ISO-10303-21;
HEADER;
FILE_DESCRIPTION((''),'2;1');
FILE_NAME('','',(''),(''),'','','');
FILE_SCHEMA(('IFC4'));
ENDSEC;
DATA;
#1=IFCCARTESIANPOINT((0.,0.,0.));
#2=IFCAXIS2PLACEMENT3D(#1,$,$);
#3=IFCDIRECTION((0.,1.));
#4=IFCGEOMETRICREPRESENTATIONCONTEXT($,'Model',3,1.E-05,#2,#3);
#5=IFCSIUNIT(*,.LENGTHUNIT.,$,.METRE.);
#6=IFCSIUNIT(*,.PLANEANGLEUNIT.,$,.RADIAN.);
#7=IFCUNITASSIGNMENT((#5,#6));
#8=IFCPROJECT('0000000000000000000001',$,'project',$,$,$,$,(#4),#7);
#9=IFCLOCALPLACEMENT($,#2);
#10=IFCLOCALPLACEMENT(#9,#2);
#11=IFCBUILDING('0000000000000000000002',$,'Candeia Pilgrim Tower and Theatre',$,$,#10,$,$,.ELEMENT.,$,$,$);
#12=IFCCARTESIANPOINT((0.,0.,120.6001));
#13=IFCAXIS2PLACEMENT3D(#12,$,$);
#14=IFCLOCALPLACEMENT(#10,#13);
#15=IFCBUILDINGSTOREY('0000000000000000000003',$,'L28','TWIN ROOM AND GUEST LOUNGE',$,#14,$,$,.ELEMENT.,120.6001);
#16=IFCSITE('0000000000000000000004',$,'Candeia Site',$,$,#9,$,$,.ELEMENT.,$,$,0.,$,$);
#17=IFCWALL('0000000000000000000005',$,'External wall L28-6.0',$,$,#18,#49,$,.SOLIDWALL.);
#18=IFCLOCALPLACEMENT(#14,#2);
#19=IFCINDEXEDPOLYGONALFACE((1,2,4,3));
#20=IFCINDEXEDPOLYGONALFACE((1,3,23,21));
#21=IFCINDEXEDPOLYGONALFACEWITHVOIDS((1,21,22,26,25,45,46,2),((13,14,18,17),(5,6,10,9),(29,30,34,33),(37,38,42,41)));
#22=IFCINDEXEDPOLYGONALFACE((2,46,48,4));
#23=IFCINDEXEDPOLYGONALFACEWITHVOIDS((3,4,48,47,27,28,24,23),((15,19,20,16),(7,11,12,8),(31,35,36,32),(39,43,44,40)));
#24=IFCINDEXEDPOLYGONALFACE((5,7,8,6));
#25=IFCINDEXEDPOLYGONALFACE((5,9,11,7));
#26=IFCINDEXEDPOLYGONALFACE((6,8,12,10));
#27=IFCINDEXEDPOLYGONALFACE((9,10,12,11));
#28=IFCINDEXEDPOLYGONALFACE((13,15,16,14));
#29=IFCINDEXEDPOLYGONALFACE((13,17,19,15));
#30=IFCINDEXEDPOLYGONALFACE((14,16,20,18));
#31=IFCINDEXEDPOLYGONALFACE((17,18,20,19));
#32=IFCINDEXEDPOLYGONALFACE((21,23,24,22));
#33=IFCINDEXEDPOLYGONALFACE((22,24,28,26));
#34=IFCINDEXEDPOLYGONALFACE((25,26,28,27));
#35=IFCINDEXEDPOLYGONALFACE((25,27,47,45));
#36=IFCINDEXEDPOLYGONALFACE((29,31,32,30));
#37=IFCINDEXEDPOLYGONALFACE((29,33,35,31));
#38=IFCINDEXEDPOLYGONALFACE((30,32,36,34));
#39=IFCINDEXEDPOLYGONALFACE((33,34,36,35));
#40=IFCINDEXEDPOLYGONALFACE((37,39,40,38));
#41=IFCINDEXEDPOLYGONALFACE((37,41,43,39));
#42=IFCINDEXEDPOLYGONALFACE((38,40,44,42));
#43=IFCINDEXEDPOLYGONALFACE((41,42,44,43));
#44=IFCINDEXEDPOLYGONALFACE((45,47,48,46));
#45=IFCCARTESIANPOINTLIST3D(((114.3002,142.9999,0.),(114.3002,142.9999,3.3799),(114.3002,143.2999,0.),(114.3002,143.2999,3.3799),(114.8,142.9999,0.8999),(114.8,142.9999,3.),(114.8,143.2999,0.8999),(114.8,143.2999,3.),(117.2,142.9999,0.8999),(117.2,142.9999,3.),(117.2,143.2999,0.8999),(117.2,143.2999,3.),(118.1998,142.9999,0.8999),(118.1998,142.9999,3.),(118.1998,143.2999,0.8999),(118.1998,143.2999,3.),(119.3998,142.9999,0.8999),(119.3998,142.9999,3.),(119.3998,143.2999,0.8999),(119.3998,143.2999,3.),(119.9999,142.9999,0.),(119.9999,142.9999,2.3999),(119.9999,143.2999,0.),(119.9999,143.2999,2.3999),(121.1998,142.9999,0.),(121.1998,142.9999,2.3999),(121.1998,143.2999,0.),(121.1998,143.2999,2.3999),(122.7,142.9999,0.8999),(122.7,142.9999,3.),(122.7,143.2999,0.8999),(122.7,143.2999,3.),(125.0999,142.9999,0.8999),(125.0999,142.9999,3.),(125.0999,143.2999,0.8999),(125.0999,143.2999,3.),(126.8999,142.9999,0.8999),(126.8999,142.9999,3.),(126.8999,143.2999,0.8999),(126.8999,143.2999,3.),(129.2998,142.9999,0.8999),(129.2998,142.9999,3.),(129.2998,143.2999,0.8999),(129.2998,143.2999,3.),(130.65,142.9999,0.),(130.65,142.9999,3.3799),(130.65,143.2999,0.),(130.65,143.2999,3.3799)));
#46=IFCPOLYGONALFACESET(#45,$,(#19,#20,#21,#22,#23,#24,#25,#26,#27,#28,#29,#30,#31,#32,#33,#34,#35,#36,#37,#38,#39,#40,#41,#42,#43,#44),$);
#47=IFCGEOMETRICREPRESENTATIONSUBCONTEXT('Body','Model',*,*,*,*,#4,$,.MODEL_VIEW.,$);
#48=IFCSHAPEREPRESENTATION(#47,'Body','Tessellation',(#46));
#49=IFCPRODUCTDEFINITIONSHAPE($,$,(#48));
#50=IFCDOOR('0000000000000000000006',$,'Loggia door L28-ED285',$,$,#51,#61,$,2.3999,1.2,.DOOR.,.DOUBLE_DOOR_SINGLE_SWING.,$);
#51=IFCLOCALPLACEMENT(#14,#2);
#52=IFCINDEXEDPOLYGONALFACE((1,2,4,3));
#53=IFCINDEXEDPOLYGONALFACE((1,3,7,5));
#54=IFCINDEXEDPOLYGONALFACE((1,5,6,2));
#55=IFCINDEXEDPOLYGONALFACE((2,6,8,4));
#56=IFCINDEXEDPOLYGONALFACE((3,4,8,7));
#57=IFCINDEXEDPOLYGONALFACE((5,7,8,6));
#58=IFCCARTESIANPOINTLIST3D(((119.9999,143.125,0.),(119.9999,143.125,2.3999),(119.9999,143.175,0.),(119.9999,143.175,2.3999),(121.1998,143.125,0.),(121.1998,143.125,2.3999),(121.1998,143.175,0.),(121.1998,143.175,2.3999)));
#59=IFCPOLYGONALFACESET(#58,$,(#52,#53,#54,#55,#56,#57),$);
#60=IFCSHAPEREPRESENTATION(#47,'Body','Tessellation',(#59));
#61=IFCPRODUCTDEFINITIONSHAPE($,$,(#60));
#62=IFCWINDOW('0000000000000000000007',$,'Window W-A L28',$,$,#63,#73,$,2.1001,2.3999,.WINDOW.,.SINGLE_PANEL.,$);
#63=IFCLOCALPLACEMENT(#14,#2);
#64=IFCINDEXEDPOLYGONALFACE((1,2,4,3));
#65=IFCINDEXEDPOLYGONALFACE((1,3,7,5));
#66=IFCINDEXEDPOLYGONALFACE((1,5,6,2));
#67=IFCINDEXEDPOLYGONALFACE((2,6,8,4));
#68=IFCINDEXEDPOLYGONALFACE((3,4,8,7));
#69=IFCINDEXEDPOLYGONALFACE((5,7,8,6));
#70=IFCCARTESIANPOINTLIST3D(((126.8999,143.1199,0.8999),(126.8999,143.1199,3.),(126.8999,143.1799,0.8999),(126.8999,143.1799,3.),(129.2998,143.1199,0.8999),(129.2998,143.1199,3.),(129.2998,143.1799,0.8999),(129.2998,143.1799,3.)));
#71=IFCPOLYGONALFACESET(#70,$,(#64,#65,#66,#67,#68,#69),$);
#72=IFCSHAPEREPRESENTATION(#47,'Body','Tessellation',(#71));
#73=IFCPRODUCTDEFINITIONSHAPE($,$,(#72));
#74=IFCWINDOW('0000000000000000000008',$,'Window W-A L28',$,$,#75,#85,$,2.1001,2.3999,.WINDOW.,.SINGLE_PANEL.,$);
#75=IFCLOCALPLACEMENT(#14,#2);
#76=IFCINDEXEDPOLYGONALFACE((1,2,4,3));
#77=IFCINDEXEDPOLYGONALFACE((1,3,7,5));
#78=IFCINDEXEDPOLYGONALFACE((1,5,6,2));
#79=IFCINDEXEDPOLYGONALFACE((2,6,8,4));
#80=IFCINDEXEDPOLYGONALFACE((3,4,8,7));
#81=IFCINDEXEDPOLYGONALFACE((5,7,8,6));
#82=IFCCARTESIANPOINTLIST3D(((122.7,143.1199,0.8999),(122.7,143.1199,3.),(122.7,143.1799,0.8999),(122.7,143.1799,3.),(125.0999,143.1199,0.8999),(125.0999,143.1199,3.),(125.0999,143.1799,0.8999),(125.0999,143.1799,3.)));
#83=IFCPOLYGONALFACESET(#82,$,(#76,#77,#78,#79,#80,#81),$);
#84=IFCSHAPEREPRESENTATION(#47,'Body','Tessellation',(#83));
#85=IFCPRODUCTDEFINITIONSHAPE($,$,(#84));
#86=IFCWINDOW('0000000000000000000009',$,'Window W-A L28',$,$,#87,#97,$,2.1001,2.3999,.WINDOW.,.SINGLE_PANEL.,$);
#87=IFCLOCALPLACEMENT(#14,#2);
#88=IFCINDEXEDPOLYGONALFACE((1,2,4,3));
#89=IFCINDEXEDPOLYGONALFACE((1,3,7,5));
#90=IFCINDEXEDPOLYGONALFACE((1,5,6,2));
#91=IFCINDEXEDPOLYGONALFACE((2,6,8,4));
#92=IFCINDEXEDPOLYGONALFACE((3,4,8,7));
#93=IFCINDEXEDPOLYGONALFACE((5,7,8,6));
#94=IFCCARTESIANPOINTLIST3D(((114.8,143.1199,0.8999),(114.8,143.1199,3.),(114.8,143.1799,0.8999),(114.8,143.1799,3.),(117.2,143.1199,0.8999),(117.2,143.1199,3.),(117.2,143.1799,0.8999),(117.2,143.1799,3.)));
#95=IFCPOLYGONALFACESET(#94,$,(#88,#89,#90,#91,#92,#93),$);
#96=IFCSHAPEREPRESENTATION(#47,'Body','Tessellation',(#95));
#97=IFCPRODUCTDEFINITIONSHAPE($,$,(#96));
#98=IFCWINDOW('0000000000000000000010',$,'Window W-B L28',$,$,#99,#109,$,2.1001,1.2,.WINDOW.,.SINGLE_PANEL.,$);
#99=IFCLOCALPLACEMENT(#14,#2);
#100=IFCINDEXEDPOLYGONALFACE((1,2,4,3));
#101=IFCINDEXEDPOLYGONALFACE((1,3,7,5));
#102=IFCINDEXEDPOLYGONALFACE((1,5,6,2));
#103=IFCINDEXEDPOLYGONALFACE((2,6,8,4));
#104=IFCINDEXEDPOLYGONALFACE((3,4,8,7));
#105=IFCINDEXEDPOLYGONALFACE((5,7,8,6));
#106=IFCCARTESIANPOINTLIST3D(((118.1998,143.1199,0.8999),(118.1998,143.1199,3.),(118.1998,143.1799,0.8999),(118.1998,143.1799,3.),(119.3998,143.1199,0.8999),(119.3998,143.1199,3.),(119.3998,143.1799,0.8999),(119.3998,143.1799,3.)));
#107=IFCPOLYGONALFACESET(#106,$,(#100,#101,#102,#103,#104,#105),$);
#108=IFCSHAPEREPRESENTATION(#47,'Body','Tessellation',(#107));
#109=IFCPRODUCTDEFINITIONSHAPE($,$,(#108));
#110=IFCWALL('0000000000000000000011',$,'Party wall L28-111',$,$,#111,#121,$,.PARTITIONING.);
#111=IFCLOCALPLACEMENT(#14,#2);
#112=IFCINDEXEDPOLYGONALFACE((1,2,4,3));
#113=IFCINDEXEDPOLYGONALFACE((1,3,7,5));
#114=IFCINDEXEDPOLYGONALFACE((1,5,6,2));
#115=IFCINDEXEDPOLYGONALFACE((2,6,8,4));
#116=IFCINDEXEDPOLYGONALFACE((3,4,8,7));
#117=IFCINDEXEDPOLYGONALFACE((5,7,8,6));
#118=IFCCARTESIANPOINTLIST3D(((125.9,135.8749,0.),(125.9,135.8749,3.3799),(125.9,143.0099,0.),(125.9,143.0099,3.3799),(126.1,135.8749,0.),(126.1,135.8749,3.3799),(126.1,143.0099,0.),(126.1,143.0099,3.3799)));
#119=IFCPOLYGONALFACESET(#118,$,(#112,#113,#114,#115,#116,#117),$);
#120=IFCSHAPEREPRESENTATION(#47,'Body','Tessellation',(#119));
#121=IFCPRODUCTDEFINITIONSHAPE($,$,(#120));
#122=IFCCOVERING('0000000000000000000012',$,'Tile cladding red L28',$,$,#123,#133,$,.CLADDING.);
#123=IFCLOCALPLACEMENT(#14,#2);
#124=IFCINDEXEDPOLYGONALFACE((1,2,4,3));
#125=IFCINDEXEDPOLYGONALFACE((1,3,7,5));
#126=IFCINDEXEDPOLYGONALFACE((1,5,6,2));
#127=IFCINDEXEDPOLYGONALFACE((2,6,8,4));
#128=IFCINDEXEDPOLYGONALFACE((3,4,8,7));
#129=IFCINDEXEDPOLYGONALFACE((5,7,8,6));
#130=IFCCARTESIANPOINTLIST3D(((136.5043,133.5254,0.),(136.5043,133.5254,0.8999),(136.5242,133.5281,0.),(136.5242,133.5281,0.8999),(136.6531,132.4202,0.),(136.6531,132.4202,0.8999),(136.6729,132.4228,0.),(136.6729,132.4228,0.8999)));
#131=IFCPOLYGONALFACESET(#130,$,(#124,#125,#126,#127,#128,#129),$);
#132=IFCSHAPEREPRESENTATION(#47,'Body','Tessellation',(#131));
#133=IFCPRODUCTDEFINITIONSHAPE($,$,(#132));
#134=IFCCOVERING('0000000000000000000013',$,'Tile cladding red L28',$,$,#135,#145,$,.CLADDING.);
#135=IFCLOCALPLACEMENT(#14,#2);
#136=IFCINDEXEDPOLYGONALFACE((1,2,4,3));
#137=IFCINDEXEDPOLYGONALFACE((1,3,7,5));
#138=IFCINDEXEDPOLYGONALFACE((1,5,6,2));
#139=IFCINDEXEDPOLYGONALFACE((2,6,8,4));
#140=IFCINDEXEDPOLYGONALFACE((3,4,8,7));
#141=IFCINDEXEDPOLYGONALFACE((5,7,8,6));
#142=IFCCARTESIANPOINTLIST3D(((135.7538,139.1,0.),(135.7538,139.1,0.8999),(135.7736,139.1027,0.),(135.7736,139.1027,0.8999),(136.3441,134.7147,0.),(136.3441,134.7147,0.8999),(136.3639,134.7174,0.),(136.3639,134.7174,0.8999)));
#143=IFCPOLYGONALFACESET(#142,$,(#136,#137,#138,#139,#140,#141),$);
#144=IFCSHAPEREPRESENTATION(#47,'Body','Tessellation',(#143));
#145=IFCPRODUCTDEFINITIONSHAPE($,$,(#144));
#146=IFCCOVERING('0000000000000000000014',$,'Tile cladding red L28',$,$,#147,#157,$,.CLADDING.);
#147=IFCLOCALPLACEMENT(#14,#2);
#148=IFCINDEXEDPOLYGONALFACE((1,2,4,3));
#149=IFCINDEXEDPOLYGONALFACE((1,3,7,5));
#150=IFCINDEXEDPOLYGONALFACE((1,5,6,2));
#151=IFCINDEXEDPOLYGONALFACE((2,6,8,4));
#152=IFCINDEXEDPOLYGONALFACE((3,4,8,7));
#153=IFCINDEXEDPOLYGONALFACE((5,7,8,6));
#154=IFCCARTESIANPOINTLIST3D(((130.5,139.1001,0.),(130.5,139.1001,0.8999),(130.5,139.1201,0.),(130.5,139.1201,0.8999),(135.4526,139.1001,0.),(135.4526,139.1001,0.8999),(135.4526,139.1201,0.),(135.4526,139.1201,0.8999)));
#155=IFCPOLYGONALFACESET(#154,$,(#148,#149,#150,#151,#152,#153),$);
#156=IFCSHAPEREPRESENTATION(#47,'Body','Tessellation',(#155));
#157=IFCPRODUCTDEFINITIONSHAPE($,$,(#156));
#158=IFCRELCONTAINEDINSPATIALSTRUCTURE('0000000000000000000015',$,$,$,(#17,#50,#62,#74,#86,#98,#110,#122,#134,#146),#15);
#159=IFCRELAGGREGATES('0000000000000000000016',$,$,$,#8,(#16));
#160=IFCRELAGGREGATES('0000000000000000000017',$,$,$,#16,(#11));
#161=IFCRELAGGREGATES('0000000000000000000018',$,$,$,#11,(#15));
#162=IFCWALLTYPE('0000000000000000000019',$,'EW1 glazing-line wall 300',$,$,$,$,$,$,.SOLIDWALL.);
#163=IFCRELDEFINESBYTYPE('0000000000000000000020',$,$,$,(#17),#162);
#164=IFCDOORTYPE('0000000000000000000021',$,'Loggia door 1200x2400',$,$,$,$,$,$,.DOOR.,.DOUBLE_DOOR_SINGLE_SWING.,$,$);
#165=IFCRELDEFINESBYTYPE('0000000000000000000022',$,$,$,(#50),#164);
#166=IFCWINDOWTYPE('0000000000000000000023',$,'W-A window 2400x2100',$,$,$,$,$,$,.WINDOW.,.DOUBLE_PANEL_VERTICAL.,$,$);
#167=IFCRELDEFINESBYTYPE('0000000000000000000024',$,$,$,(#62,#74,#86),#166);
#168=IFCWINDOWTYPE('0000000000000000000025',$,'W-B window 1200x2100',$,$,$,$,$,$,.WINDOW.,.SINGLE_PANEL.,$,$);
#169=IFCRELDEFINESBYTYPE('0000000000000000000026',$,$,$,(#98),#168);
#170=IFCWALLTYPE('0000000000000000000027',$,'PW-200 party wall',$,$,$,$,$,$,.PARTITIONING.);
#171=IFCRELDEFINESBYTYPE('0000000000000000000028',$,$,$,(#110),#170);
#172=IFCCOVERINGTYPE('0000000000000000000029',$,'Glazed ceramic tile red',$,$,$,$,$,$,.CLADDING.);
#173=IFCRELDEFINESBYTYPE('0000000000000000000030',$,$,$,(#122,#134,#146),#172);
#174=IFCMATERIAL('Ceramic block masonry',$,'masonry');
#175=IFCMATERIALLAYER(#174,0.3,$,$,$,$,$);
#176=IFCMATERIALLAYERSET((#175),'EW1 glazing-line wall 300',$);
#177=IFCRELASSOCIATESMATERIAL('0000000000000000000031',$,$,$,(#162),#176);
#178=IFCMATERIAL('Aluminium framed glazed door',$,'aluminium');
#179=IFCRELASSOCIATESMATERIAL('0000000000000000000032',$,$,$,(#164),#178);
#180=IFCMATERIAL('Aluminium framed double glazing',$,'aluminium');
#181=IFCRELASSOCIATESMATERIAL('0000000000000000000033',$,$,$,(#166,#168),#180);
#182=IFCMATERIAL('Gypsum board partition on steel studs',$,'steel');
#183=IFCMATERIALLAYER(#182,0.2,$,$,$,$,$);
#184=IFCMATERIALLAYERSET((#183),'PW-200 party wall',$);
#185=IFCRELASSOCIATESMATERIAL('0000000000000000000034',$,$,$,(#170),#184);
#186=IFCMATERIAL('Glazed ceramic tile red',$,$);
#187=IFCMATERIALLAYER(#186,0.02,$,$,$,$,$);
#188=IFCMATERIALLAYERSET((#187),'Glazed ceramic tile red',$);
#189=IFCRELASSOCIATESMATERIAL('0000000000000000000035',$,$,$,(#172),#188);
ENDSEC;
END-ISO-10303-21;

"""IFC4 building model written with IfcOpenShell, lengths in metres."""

from ifc_helpers import new_model, si_unit, direction, frame, frame_2d, origin, origin_2d, place, context, subcontext, project, spatial, rectangle, extrude, material, layer, layer_set, type_object, element, fill, save


model = new_model("IFC4")

# Units and contexts
model_context = context("Model", 3, precision=1e-05, world=origin(), true_north=direction((0.0, 1.0)))
body_context = subcontext(model_context, "Body", "Model", "MODEL_VIEW")
ifc_project = project(units=[si_unit("LENGTHUNIT", "METRE"), si_unit("PLANEANGLEUNIT", "RADIAN")], contexts=[model_context])

# Site, building, storey
site_placement = place(None, origin())
site = spatial("IfcSite", under=ifc_project, at=site_placement, Name="Candeia Site", CompositionType="ELEMENT", RefElevation=0.0)
building_placement = place(site_placement, origin())
building = spatial("IfcBuilding", under=site, at=building_placement, Name="Candeia Pilgrim Tower and Theatre", CompositionType="ELEMENT")
storey_placement = place(building_placement, frame((0.0, 0.0, 120.6001)))
storey = spatial("IfcBuildingStorey", under=building, at=storey_placement, Name="L28", Description="TWIN ROOM AND GUEST LOUNGE", CompositionType="ELEMENT", Elevation=120.6001)

# Shared definitions
ifc_material_1 = material(Name="Ceramic block masonry", Category="masonry")
ifc_layer_1 = layer(ifc_material_1, 0.3)
ifc_layer_set_1 = layer_set([ifc_layer_1], Name="EW1 glazing-line wall 300")
wall_type_1 = type_object("IfcWallType", Name="EW1 glazing-line wall 300", PredefinedType="SOLIDWALL", material=ifc_layer_set_1)
ifc_material_2 = material(Name="Aluminium framed glazed door", Category="aluminium")
door_type = type_object("IfcDoorType", Name="Loggia door 1200x2400", OperationType="DOUBLE_DOOR_SINGLE_SWING", PredefinedType="DOOR", material=ifc_material_2)
ifc_material_3 = material(Name="Aluminium framed double glazing", Category="aluminium")
window_type_1 = type_object("IfcWindowType", Name="W-A window 2400x2100", PartitioningType="DOUBLE_PANEL_VERTICAL", PredefinedType="WINDOW", material=ifc_material_3)

# Shared definitions
window_type_2 = type_object("IfcWindowType", Name="W-B window 1200x2100", PartitioningType="SINGLE_PANEL", PredefinedType="WINDOW", material=ifc_material_3)

# Wall, openings, door, windows
wall_1_placement = place(storey_placement, frame((130.6499, 143.1499, 0.0), z_axis=(0.0, 0.0, 1.0), x_axis=(-1.0, 0.0, 0.0)))
wall_1 = element("IfcWall", 1, at=wall_1_placement, inside=storey, type_object=wall_type_1, Name="External wall L28-6.0", PredefinedType="SOLIDWALL", context=body_context, shape_type="SweptSolid", body=[
    extrude(rectangle(XDim=16.3499, YDim=0.3, at=frame_2d((8.1748, 0.0))), origin(), (0.0, 0.0, 1.0), 3.3799),
])
opening_1_placement = place(wall_1_placement, frame((1.3501, 0.0, 0.8999)))
opening_1 = element("IfcOpeningElement", 2, at=opening_1_placement, cuts=wall_1, PredefinedType="OPENING", context=body_context, shape_type="SweptSolid", body=[
    extrude(rectangle(XDim=2.3999, YDim=2.1001, at=frame_2d((1.2, 1.05))), frame((0.0, 0.1602, 0.0), z_axis=(0.0, -1.0, 0.0), x_axis=(1.0, 0.0, 0.0)), (0.0, 0.0, 1.0), 0.3201),
])
opening_2_placement = place(wall_1_placement, frame((5.55, 0.0, 0.8999)))
opening_2 = element("IfcOpeningElement", 3, at=opening_2_placement, cuts=wall_1, PredefinedType="OPENING", context=body_context, shape_type="SweptSolid", body=[
    extrude(rectangle(XDim=2.3999, YDim=2.1001, at=frame_2d((1.2, 1.05))), frame((0.0, 0.1602, 0.0), z_axis=(0.0, -1.0, 0.0), x_axis=(1.0, 0.0, 0.0)), (0.0, 0.0, 1.0), 0.3201),
])
opening_3_placement = place(wall_1_placement, frame((9.45, 0.0, 0.0)))
opening_3 = element("IfcOpeningElement", 4, at=opening_3_placement, cuts=wall_1, PredefinedType="OPENING", context=body_context, shape_type="SweptSolid", body=[
    extrude(rectangle(XDim=1.2, YDim=2.3999, at=frame_2d((0.6001, 1.2))), frame((0.0, 0.1602, 0.0), z_axis=(0.0, -1.0, 0.0), x_axis=(1.0, 0.0, 0.0)), (0.0, 0.0, 1.0), 0.3201),
])
opening_4_placement = place(wall_1_placement, frame((11.25, 0.0, 0.8999)))
opening_4 = element("IfcOpeningElement", 5, at=opening_4_placement, cuts=wall_1, PredefinedType="OPENING", context=body_context, shape_type="SweptSolid", body=[
    extrude(rectangle(XDim=1.2, YDim=2.1001, at=frame_2d((0.6001, 1.05))), frame((0.0, 0.1602, 0.0), z_axis=(0.0, -1.0, 0.0), x_axis=(1.0, 0.0, 0.0)), (0.0, 0.0, 1.0), 0.3201),
])
opening_5_placement = place(wall_1_placement, frame((13.45, 0.0, 0.8999)))
opening_5 = element("IfcOpeningElement", 6, at=opening_5_placement, cuts=wall_1, PredefinedType="OPENING", context=body_context, shape_type="SweptSolid", body=[
    extrude(rectangle(XDim=2.3999, YDim=2.1001, at=frame_2d((1.2, 1.05))), frame((0.0, 0.1602, 0.0), z_axis=(0.0, -1.0, 0.0), x_axis=(1.0, 0.0, 0.0)), (0.0, 0.0, 1.0), 0.3201),
])
door_1_placement = place(opening_3_placement, origin())
door_1 = element("IfcDoor", 7, at=door_1_placement, inside=storey, type_object=door_type, Name="Loggia door L28-ED285", OperationType="DOUBLE_DOOR_SINGLE_SWING", OverallHeight=2.3999, OverallWidth=1.2, PredefinedType="DOOR", context=body_context, shape_type="SweptSolid", body=[
    extrude(rectangle(XDim=1.2, YDim=2.3999, at=frame_2d((0.6001, 1.2))), frame((0.0, 0.0249, 0.0), z_axis=(0.0, -1.0, 0.0), x_axis=(1.0, 0.0, 0.0)), (0.0, 0.0, 1.0), 0.05),
])
fill(opening_3, door_1)
window_1_placement = place(opening_1_placement, origin())
window_1 = element("IfcWindow", 8, at=window_1_placement, inside=storey, type_object=window_type_1, Name="Window W-A L28", OverallHeight=2.1001, OverallWidth=2.3999, PartitioningType="SINGLE_PANEL", PredefinedType="WINDOW", context=body_context, shape_type="SweptSolid", body=[
    extrude(rectangle(XDim=2.3999, YDim=2.1001, at=frame_2d((1.2, 1.05))), frame((0.0, 0.03, 0.0), z_axis=(0.0, -1.0, 0.0), x_axis=(1.0, 0.0, 0.0)), (0.0, 0.0, 1.0), 0.0601),
])
fill(opening_1, window_1)
window_2_placement = place(opening_2_placement, origin())
window_2 = element("IfcWindow", 9, at=window_2_placement, inside=storey, type_object=window_type_1, Name="Window W-A L28", OverallHeight=2.1001, OverallWidth=2.3999, PartitioningType="SINGLE_PANEL", PredefinedType="WINDOW", context=body_context, shape_type="SweptSolid", body=[
    extrude(rectangle(XDim=2.3999, YDim=2.1001, at=frame_2d((1.2, 1.05))), frame((0.0, 0.03, 0.0), z_axis=(0.0, -1.0, 0.0), x_axis=(1.0, 0.0, 0.0)), (0.0, 0.0, 1.0), 0.0601),
])
fill(opening_2, window_2)
window_3_placement = place(opening_5_placement, origin())
window_3 = element("IfcWindow", 10, at=window_3_placement, inside=storey, type_object=window_type_1, Name="Window W-A L28", OverallHeight=2.1001, OverallWidth=2.3999, PartitioningType="SINGLE_PANEL", PredefinedType="WINDOW", context=body_context, shape_type="SweptSolid", body=[
    extrude(rectangle(XDim=2.3999, YDim=2.1001, at=frame_2d((1.2, 1.05))), frame((0.0, 0.03, 0.0), z_axis=(0.0, -1.0, 0.0), x_axis=(1.0, 0.0, 0.0)), (0.0, 0.0, 1.0), 0.0601),
])
fill(opening_5, window_3)
window_4_placement = place(opening_4_placement, origin())
window_4 = element("IfcWindow", 11, at=window_4_placement, inside=storey, type_object=window_type_2, Name="Window W-B L28", OverallHeight=2.1001, OverallWidth=1.2, PartitioningType="SINGLE_PANEL", PredefinedType="WINDOW", context=body_context, shape_type="SweptSolid", body=[
    extrude(rectangle(XDim=1.2, YDim=2.1001, at=frame_2d((0.6001, 1.05))), frame((0.0, 0.03, 0.0), z_axis=(0.0, -1.0, 0.0), x_axis=(1.0, 0.0, 0.0)), (0.0, 0.0, 1.0), 0.0601),
])
fill(opening_4, window_4)

# Wall
ifc_material_4 = material(Name="Gypsum board partition on steel studs", Category="steel")
ifc_layer_2 = layer(ifc_material_4, 0.2)
ifc_layer_set_2 = layer_set([ifc_layer_2], Name="PW-200 party wall")
wall_type_2 = type_object("IfcWallType", Name="PW-200 party wall", PredefinedType="PARTITIONING", material=ifc_layer_set_2)
wall_2_placement = place(storey_placement, frame((126.0, 135.875, 0.0), z_axis=(0.0, 0.0, 1.0), x_axis=(0.0, 1.0, 0.0)))
element("IfcWall", 12, at=wall_2_placement, inside=storey, type_object=wall_type_2, Name="Party wall L28-111", PredefinedType="PARTITIONING", context=body_context, shape_type="SweptSolid", body=[
    extrude(rectangle(XDim=7.135, YDim=0.2, at=frame_2d((3.5674, 0.0))), origin(), (0.0, 0.0, 1.0), 3.3799),
])

# Coverings
ifc_material_5 = material(Name="Glazed ceramic tile red")
ifc_layer_3 = layer(ifc_material_5, 0.02)
ifc_layer_set_3 = layer_set([ifc_layer_3], Name="Glazed ceramic tile red")
covering_type = type_object("IfcCoveringType", Name="Glazed ceramic tile red", PredefinedType="CLADDING", material=ifc_layer_set_3)
covering_1_placement = place(storey_placement, frame((136.5886, 132.9741, 0.0), z_axis=(0.0, 0.0, 1.0), x_axis=(-0.133412, 0.991061, 0.0)))
element("IfcCovering", 13, at=covering_1_placement, inside=storey, type_object=covering_type, Name="Tile cladding red L28", PredefinedType="CLADDING", context=body_context, shape_type="SweptSolid", body=[
    extrude(rectangle(XDim=1.1152, YDim=0.02, at=origin_2d()), origin(), (0.0, 0.0, 1.0), 0.8999),
])
covering_2_placement = place(storey_placement, frame((136.0588, 136.9087, 0.0), z_axis=(0.0, 0.0, 1.0), x_axis=(-0.133412, 0.991061, 0.0)))
element("IfcCovering", 14, at=covering_2_placement, inside=storey, type_object=covering_type, Name="Tile cladding red L28", PredefinedType="CLADDING", context=body_context, shape_type="SweptSolid", body=[
    extrude(rectangle(XDim=4.4248, YDim=0.02, at=origin_2d()), origin(), (0.0, 0.0, 1.0), 0.8999),
])
covering_3_placement = place(storey_placement, frame((132.9763, 139.1101, 0.0), z_axis=(0.0, 0.0, 1.0), x_axis=(-1.0, 0.0, 0.0)))
element("IfcCovering", 15, at=covering_3_placement, inside=storey, type_object=covering_type, Name="Tile cladding red L28", PredefinedType="CLADDING", context=body_context, shape_type="SweptSolid", body=[
    extrude(rectangle(XDim=4.9526, YDim=0.02, at=origin_2d()), origin(), (0.0, 0.0, 1.0), 0.8999),
])

save(model, "model.ifc")
